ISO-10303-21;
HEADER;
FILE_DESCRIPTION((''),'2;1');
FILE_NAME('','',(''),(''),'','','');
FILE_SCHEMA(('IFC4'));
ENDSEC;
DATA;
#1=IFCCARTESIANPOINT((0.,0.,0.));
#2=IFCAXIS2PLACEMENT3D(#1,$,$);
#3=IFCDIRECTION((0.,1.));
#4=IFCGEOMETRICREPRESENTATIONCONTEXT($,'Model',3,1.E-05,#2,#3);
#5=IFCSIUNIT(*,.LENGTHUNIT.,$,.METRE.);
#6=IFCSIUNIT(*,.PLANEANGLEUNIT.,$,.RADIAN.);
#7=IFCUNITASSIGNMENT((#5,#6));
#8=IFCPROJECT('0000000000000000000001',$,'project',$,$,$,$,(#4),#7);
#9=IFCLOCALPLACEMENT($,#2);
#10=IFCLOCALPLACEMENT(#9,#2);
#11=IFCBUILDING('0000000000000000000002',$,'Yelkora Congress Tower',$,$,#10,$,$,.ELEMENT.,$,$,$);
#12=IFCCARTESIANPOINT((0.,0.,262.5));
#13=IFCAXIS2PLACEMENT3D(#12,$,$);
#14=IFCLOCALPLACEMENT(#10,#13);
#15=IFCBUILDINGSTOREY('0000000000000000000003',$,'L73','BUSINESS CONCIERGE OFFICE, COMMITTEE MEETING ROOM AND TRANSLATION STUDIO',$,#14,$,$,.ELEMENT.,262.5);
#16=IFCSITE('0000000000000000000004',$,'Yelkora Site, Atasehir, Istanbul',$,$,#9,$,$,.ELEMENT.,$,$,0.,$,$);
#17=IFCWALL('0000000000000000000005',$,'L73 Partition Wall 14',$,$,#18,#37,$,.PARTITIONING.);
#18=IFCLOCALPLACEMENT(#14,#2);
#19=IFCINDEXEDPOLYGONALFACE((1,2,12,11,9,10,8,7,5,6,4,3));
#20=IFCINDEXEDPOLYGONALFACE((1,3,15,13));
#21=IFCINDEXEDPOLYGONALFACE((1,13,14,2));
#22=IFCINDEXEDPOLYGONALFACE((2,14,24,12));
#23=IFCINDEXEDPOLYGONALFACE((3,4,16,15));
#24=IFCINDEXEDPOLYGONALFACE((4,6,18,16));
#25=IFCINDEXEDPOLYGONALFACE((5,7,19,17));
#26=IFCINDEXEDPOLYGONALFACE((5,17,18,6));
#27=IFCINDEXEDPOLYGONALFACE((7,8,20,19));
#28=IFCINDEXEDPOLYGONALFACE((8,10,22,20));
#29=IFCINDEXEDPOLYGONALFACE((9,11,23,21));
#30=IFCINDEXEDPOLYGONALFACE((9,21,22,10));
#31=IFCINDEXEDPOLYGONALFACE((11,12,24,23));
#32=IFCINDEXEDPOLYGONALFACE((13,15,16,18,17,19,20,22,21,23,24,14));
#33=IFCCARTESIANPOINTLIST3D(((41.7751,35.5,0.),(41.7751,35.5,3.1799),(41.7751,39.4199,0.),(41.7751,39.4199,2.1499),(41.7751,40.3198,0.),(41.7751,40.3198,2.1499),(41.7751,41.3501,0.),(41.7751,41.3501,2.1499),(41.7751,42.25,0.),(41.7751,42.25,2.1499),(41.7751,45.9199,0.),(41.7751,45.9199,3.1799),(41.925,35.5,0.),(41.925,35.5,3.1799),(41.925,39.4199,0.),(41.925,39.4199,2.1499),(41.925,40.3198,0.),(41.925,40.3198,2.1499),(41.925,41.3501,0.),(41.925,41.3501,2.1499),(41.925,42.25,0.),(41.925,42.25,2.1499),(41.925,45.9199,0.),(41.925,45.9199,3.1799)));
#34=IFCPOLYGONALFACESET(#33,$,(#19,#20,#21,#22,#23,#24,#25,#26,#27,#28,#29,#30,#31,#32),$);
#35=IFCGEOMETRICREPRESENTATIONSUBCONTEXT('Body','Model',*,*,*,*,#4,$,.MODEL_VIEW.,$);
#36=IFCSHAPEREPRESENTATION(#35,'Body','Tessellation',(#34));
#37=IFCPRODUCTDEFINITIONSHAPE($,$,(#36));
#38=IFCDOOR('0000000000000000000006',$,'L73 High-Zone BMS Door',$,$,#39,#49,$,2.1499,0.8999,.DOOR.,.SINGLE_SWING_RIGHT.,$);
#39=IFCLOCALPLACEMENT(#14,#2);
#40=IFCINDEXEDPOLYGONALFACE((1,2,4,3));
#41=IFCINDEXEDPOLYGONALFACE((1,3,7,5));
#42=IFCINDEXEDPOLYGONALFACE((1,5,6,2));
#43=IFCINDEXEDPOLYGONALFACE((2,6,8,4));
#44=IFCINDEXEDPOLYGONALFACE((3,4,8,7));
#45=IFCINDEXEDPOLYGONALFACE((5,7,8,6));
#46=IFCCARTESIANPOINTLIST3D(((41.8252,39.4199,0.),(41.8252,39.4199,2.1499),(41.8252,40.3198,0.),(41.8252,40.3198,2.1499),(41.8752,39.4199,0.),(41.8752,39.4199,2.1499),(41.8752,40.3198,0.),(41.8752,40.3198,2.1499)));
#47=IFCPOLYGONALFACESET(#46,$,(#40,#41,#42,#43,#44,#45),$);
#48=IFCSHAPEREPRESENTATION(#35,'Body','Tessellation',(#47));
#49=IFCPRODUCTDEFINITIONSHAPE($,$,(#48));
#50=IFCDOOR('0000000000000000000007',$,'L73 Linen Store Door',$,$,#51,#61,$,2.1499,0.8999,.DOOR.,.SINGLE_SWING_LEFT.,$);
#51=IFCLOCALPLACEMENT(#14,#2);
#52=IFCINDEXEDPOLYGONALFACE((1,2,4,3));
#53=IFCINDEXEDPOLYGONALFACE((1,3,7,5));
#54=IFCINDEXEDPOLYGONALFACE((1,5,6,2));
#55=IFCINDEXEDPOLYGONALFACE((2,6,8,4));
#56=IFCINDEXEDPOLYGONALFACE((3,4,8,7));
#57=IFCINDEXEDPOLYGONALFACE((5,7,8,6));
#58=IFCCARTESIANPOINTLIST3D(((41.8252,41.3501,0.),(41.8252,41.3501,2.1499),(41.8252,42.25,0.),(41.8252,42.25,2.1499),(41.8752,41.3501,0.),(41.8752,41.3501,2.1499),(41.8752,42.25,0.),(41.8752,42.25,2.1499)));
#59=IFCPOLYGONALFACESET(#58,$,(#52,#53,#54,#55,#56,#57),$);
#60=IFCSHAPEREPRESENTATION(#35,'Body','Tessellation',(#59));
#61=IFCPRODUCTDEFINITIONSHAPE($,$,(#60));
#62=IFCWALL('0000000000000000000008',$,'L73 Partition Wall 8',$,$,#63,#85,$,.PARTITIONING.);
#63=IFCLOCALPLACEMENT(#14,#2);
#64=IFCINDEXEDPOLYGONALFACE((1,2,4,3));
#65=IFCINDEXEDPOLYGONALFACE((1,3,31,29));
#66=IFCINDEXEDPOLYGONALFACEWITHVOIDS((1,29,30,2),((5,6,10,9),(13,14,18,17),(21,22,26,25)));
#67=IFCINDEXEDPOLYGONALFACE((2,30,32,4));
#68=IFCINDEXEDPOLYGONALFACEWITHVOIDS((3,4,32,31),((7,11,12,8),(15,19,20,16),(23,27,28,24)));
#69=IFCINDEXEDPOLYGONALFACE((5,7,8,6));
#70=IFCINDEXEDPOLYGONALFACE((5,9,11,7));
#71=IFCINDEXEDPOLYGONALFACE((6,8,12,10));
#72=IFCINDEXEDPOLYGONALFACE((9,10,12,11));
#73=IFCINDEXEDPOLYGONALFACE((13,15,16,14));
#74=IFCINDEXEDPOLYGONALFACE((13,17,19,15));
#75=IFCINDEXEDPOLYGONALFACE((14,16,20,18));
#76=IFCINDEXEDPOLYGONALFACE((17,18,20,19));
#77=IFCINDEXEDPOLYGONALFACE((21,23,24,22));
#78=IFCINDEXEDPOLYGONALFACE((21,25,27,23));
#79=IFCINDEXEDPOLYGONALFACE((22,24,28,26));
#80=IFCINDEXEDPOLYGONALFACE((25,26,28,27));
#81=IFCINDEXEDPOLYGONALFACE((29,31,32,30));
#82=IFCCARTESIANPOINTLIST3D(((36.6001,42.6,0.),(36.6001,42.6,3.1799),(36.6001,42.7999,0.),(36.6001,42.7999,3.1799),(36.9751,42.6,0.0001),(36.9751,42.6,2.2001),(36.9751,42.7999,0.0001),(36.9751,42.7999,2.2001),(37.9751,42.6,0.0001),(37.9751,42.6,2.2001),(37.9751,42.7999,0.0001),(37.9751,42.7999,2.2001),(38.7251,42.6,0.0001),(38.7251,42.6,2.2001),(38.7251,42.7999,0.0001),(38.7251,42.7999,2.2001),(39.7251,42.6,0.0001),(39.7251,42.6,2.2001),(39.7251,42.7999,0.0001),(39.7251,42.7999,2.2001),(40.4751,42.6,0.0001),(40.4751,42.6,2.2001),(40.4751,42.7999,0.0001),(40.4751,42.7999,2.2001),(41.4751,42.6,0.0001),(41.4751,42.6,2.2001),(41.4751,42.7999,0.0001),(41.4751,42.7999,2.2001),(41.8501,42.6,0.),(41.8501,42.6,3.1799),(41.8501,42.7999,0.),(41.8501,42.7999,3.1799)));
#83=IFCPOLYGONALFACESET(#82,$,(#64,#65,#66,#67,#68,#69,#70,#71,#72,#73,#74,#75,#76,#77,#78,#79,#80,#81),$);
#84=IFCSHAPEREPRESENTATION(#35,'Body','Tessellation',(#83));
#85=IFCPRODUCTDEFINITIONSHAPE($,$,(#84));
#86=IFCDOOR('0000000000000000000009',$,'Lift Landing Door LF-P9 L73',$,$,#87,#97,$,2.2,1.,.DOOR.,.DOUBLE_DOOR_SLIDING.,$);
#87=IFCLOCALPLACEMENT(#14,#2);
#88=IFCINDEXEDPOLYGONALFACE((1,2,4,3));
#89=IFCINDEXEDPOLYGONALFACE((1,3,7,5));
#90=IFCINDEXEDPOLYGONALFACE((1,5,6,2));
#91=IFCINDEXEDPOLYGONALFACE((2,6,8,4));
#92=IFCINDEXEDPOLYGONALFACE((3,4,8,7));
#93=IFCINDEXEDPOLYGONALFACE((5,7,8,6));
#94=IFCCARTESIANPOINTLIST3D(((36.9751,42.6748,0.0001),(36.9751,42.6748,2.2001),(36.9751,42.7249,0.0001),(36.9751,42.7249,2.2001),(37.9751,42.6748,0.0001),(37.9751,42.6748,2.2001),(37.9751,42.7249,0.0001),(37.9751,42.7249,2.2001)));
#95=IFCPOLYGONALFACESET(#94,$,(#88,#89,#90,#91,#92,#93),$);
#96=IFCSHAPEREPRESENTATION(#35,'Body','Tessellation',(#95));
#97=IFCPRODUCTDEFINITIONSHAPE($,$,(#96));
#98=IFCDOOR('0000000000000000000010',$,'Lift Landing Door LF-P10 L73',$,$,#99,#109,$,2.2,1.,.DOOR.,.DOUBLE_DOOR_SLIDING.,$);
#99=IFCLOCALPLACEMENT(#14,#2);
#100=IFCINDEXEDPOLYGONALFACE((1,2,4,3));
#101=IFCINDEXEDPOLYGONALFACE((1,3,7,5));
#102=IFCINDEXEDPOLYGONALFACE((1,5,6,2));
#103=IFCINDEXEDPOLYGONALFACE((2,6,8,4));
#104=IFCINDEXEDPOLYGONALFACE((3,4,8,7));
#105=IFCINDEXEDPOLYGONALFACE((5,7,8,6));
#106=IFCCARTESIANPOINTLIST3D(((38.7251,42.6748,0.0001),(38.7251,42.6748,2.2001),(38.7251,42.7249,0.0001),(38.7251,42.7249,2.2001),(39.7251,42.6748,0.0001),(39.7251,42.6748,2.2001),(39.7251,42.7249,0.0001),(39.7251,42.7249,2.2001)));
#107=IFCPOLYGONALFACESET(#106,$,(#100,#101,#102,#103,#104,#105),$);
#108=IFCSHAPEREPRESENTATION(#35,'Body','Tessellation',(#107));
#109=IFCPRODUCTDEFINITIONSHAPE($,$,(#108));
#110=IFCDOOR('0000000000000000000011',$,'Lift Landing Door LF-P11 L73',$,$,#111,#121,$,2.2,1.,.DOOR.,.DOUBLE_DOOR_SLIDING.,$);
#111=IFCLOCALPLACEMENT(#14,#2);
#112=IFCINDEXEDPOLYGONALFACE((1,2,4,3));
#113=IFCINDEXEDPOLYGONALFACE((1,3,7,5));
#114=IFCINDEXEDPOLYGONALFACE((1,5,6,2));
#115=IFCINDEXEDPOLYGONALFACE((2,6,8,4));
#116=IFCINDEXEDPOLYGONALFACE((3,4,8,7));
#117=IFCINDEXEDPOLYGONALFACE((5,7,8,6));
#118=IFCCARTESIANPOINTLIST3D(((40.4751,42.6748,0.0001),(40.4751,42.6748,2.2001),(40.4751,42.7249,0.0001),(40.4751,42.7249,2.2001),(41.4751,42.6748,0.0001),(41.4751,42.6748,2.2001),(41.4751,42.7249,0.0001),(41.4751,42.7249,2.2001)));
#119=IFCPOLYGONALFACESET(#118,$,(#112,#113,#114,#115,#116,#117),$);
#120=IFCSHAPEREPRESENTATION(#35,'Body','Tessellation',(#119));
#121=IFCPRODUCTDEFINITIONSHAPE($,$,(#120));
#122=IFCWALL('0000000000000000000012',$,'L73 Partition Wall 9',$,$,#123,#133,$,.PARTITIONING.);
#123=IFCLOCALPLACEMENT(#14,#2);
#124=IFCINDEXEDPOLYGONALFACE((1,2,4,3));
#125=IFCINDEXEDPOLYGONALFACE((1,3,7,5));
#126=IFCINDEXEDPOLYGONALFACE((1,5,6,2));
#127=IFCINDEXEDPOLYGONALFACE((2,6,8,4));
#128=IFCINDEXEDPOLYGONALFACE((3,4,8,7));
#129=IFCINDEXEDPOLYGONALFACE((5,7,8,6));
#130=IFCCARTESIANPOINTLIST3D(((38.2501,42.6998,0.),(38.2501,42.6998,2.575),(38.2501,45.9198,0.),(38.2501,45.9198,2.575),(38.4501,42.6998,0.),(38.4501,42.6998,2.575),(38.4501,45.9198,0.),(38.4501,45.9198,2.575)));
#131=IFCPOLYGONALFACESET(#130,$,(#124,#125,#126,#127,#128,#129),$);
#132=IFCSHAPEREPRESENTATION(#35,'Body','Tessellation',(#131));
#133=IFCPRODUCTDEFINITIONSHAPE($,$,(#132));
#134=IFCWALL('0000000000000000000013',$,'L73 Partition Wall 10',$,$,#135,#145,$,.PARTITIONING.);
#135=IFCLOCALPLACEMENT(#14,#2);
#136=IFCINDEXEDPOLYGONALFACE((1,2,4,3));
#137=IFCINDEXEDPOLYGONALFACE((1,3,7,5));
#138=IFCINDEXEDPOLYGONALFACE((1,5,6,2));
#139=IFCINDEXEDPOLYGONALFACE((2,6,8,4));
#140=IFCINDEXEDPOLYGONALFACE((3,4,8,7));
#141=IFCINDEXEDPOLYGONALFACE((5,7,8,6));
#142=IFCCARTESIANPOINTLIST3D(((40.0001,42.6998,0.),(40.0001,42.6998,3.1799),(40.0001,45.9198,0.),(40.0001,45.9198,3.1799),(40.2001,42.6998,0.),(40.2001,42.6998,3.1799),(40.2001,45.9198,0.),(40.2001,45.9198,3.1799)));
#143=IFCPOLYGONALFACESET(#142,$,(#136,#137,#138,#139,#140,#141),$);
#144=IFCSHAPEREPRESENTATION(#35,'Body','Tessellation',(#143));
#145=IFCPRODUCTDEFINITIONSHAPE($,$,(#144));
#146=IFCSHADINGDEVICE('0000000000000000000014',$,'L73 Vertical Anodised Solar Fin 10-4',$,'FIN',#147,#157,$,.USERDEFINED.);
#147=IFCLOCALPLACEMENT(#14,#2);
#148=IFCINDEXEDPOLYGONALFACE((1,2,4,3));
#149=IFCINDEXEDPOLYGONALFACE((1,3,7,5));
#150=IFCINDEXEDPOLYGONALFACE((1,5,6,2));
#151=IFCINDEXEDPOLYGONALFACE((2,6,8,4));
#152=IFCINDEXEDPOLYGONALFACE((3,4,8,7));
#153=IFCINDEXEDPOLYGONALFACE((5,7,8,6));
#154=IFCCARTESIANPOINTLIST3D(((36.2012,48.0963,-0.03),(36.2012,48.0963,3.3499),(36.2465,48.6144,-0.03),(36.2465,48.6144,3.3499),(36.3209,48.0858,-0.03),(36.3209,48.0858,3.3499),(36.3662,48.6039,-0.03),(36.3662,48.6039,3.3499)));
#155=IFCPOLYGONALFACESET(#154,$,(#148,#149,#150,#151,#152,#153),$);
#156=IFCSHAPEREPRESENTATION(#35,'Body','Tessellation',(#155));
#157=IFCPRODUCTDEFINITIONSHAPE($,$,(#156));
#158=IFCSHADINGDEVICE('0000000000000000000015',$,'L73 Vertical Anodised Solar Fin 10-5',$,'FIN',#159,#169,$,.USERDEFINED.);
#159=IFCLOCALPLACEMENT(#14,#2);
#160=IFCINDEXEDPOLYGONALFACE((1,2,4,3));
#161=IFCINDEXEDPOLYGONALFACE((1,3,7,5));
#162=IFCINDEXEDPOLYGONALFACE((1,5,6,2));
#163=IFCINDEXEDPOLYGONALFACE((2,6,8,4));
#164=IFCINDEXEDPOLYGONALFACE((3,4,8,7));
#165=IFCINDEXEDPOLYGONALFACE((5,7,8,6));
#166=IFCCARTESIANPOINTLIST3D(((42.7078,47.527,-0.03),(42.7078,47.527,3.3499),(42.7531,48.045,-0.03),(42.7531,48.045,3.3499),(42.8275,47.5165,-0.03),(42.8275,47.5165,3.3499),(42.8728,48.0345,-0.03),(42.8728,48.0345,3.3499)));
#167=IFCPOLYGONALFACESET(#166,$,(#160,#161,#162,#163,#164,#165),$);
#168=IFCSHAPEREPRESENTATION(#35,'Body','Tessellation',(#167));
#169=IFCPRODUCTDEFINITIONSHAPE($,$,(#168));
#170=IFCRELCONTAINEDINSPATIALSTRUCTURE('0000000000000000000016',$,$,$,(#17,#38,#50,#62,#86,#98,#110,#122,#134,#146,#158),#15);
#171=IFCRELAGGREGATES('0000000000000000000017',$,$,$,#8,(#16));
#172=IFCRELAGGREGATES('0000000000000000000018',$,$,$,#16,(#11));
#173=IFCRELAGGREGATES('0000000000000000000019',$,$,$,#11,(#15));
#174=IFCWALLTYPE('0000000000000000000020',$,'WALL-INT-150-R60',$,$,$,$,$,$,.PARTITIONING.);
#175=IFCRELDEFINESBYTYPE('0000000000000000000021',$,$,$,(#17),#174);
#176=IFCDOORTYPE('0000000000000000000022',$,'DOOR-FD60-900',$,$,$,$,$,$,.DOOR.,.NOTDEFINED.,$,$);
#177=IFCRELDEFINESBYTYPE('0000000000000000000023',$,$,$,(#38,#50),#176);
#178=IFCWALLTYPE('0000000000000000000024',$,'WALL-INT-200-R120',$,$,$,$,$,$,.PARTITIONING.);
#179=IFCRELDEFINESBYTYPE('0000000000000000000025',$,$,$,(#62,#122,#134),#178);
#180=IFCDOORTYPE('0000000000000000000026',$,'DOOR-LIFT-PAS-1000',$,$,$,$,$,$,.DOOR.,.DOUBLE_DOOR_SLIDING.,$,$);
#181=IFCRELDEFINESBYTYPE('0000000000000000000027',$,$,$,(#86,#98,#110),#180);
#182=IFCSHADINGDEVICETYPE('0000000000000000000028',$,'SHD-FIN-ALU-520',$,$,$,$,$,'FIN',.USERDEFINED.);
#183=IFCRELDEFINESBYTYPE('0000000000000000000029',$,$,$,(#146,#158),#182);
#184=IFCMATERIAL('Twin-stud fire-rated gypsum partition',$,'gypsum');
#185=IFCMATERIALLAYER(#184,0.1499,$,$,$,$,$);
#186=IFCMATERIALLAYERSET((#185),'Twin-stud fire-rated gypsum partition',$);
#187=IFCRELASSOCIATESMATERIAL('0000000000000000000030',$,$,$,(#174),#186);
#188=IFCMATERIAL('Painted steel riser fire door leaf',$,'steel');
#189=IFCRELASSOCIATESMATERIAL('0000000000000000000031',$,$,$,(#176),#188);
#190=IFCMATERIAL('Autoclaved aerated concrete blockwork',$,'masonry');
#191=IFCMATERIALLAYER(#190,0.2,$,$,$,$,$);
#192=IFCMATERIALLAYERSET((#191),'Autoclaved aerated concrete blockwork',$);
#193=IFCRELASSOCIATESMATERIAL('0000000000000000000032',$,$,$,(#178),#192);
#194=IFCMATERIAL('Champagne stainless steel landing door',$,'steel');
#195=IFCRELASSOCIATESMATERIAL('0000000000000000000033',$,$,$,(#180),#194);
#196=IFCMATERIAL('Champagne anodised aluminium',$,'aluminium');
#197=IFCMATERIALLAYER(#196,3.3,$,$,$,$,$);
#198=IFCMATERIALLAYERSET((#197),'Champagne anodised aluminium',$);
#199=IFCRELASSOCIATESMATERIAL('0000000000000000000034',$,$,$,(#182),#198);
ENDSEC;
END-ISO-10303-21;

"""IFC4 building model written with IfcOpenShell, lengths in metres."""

from ifc_helpers import new_model, si_unit, direction, frame, frame_2d, origin, origin_2d, place, context, subcontext, project, spatial, rectangle, extrude, material, layer, layer_set, type_object, element, fill, save


model = new_model("IFC4")

# Units and contexts
model_context = context("Model", 3, precision=1e-05, world=origin(), true_north=direction((0.0, 1.0)))
body_context = subcontext(model_context, "Body", "Model", "MODEL_VIEW")
ifc_project = project(units=[si_unit("LENGTHUNIT", "METRE"), si_unit("PLANEANGLEUNIT", "RADIAN")], contexts=[model_context])

# Site, building, storey
site_placement = place(None, origin())
site = spatial("IfcSite", under=ifc_project, at=site_placement, Name="Yelkora Site, Atasehir, Istanbul", CompositionType="ELEMENT", RefElevation=0.0)
building_placement = place(site_placement, origin())
building = spatial("IfcBuilding", under=site, at=building_placement, Name="Yelkora Congress Tower", CompositionType="ELEMENT")
storey_placement = place(building_placement, frame((0.0, 0.0, 262.5)))
storey = spatial("IfcBuildingStorey", under=building, at=storey_placement, Name="L73", Description="BUSINESS CONCIERGE OFFICE, COMMITTEE MEETING ROOM AND TRANSLATION STUDIO", CompositionType="ELEMENT", Elevation=262.5)

# Shared definitions
ifc_material_1 = material(Name="Twin-stud fire-rated gypsum partition", Category="gypsum")
ifc_layer_1 = layer(ifc_material_1, 0.1499)
ifc_layer_set_1 = layer_set([ifc_layer_1], Name="Twin-stud fire-rated gypsum partition")
wall_type_1 = type_object("IfcWallType", Name="WALL-INT-150-R60", PredefinedType="PARTITIONING", material=ifc_layer_set_1)

# Shared definitions
ifc_material_2 = material(Name="Painted steel riser fire door leaf", Category="steel")
door_type_1 = type_object("IfcDoorType", Name="DOOR-FD60-900", OperationType="NOTDEFINED", PredefinedType="DOOR", material=ifc_material_2)

# Walls, openings, doors
wall_1_placement = place(storey_placement, frame((41.8501, 35.5, 0.0), z_axis=(0.0, 0.0, 1.0), x_axis=(0.0, 1.0, 0.0)))
wall_1 = element("IfcWall", 1, at=wall_1_placement, inside=storey, type_object=wall_type_1, Name="L73 Partition Wall 14", PredefinedType="PARTITIONING", context=body_context, shape_type="SweptSolid", body=[
    extrude(rectangle(XDim=10.4199, YDim=0.1499, at=frame_2d((5.21, 0.0))), origin(), (0.0, 0.0, 1.0), 3.1799),
])
opening_1_placement = place(wall_1_placement, frame((3.9199, 0.0, 0.0)))
opening_1 = element("IfcOpeningElement", 2, at=opening_1_placement, cuts=wall_1, PredefinedType="OPENING", context=body_context, shape_type="SweptSolid", body=[
    extrude(rectangle(XDim=0.8999, YDim=2.1499, at=frame_2d((0.45, 1.075))), frame((0.0, 0.085, 0.0), z_axis=(0.0, -1.0, 0.0), x_axis=(1.0, 0.0, 0.0)), (0.0, 0.0, 1.0), 0.1699),
])
opening_2_placement = place(wall_1_placement, frame((5.8501, 0.0, 0.0)))
opening_2 = element("IfcOpeningElement", 3, at=opening_2_placement, cuts=wall_1, PredefinedType="OPENING", context=body_context, shape_type="SweptSolid", body=[
    extrude(rectangle(XDim=0.8999, YDim=2.1499, at=frame_2d((0.45, 1.075))), frame((0.0, 0.085, 0.0), z_axis=(0.0, -1.0, 0.0), x_axis=(1.0, 0.0, 0.0)), (0.0, 0.0, 1.0), 0.1699),
])
door_1_placement = place(opening_1_placement, origin())
door_1 = element("IfcDoor", 4, at=door_1_placement, inside=storey, type_object=door_type_1, Name="L73 High-Zone BMS Door", OperationType="SINGLE_SWING_RIGHT", OverallHeight=2.1499, OverallWidth=0.8999, PredefinedType="DOOR", context=body_context, shape_type="SweptSolid", body=[
    extrude(rectangle(XDim=0.8999, YDim=2.1499, at=frame_2d((0.45, 1.075))), frame((0.0, 0.0249, 0.0), z_axis=(0.0, -1.0, 0.0), x_axis=(1.0, 0.0, 0.0)), (0.0, 0.0, 1.0), 0.05),
])
fill(opening_1, door_1)
door_2_placement = place(opening_2_placement, origin())
door_2 = element("IfcDoor", 5, at=door_2_placement, inside=storey, type_object=door_type_1, Name="L73 Linen Store Door", OperationType="SINGLE_SWING_LEFT", OverallHeight=2.1499, OverallWidth=0.8999, PredefinedType="DOOR", context=body_context, shape_type="SweptSolid", body=[
    extrude(rectangle(XDim=0.8999, YDim=2.1499, at=frame_2d((0.45, 1.075))), frame((0.0, 0.0249, 0.0), z_axis=(0.0, -1.0, 0.0), x_axis=(1.0, 0.0, 0.0)), (0.0, 0.0, 1.0), 0.05),
])
fill(opening_2, door_2)
ifc_material_3 = material(Name="Autoclaved aerated concrete blockwork", Category="masonry")
ifc_layer_2 = layer(ifc_material_3, 0.2)
ifc_layer_set_2 = layer_set([ifc_layer_2], Name="Autoclaved aerated concrete blockwork")
wall_type_2 = type_object("IfcWallType", Name="WALL-INT-200-R120", PredefinedType="PARTITIONING", material=ifc_layer_set_2)
wall_2_placement = place(storey_placement, frame((36.6001, 42.7, 0.0), z_axis=(0.0, 0.0, 1.0), x_axis=(1.0, 0.0, 0.0)))
wall_2 = element("IfcWall", 6, at=wall_2_placement, inside=storey, type_object=wall_type_2, Name="L73 Partition Wall 8", PredefinedType="PARTITIONING", context=body_context, shape_type="SweptSolid", body=[
    extrude(rectangle(XDim=5.25, YDim=0.2, at=frame_2d((2.625, 0.0))), origin(), (0.0, 0.0, 1.0), 3.1799),
])
opening_3_placement = place(wall_2_placement, frame((0.375, 0.0, 0.0)))
opening_3 = element("IfcOpeningElement", 7, at=opening_3_placement, cuts=wall_2, PredefinedType="OPENING", context=body_context, shape_type="SweptSolid", body=[
    extrude(rectangle(XDim=1.0, YDim=2.2, at=frame_2d((0.5, 1.1001))), frame((0.0, 0.1099, 0.0), z_axis=(0.0, -1.0, 0.0), x_axis=(1.0, 0.0, 0.0)), (0.0, 0.0, 1.0), 0.22),
])
opening_4_placement = place(wall_2_placement, frame((2.125, 0.0, 0.0)))
opening_4 = element("IfcOpeningElement", 8, at=opening_4_placement, cuts=wall_2, PredefinedType="OPENING", context=body_context, shape_type="SweptSolid", body=[
    extrude(rectangle(XDim=1.0, YDim=2.2, at=frame_2d((0.5, 1.1001))), frame((0.0, 0.1099, 0.0), z_axis=(0.0, -1.0, 0.0), x_axis=(1.0, 0.0, 0.0)), (0.0, 0.0, 1.0), 0.22),
])
opening_5_placement = place(wall_2_placement, frame((3.875, 0.0, 0.0)))
opening_5 = element("IfcOpeningElement", 9, at=opening_5_placement, cuts=wall_2, PredefinedType="OPENING", context=body_context, shape_type="SweptSolid", body=[
    extrude(rectangle(XDim=1.0, YDim=2.2, at=frame_2d((0.5, 1.1001))), frame((0.0, 0.1099, 0.0), z_axis=(0.0, -1.0, 0.0), x_axis=(1.0, 0.0, 0.0)), (0.0, 0.0, 1.0), 0.22),
])
ifc_material_4 = material(Name="Champagne stainless steel landing door", Category="steel")
door_type_2 = type_object("IfcDoorType", Name="DOOR-LIFT-PAS-1000", OperationType="DOUBLE_DOOR_SLIDING", PredefinedType="DOOR", material=ifc_material_4)
door_3_placement = place(opening_3_placement, origin())
door_3 = element("IfcDoor", 10, at=door_3_placement, inside=storey, type_object=door_type_2, Name="Lift Landing Door LF-P9 L73", OperationType="DOUBLE_DOOR_SLIDING", OverallHeight=2.2, OverallWidth=1.0, PredefinedType="DOOR", context=body_context, shape_type="SweptSolid", body=[
    extrude(rectangle(XDim=1.0, YDim=2.2, at=frame_2d((0.5, 1.1001))), frame((0.0, 0.0249, 0.0), z_axis=(0.0, -1.0, 0.0), x_axis=(1.0, 0.0, 0.0)), (0.0, 0.0, 1.0), 0.05),
])
fill(opening_3, door_3)
door_4_placement = place(opening_4_placement, origin())
door_4 = element("IfcDoor", 11, at=door_4_placement, inside=storey, type_object=door_type_2, Name="Lift Landing Door LF-P10 L73", OperationType="DOUBLE_DOOR_SLIDING", OverallHeight=2.2, OverallWidth=1.0, PredefinedType="DOOR", context=body_context, shape_type="SweptSolid", body=[
    extrude(rectangle(XDim=1.0, YDim=2.2, at=frame_2d((0.5, 1.1001))), frame((0.0, 0.0249, 0.0), z_axis=(0.0, -1.0, 0.0), x_axis=(1.0, 0.0, 0.0)), (0.0, 0.0, 1.0), 0.05),
])
fill(opening_4, door_4)
door_5_placement = place(opening_5_placement, origin())
door_5 = element("IfcDoor", 12, at=door_5_placement, inside=storey, type_object=door_type_2, Name="Lift Landing Door LF-P11 L73", OperationType="DOUBLE_DOOR_SLIDING", OverallHeight=2.2, OverallWidth=1.0, PredefinedType="DOOR", context=body_context, shape_type="SweptSolid", body=[
    extrude(rectangle(XDim=1.0, YDim=2.2, at=frame_2d((0.5, 1.1001))), frame((0.0, 0.0249, 0.0), z_axis=(0.0, -1.0, 0.0), x_axis=(1.0, 0.0, 0.0)), (0.0, 0.0, 1.0), 0.05),
])
fill(opening_5, door_5)

# Walls
wall_3_placement = place(storey_placement, frame((38.3501, 42.7, 0.0), z_axis=(0.0, 0.0, 1.0), x_axis=(0.0, 1.0, 0.0)))
element("IfcWall", 13, at=wall_3_placement, inside=storey, type_object=wall_type_2, Name="L73 Partition Wall 9", PredefinedType="PARTITIONING", context=body_context, shape_type="SweptSolid", body=[
    extrude(rectangle(XDim=3.22, YDim=0.2, at=frame_2d((1.6099, 0.0))), origin(), (0.0, 0.0, 1.0), 2.575),
])
wall_4_placement = place(storey_placement, frame((40.1001, 42.7, 0.0), z_axis=(0.0, 0.0, 1.0), x_axis=(0.0, 1.0, 0.0)))
element("IfcWall", 14, at=wall_4_placement, inside=storey, type_object=wall_type_2, Name="L73 Partition Wall 10", PredefinedType="PARTITIONING", context=body_context, shape_type="SweptSolid", body=[
    extrude(rectangle(XDim=3.22, YDim=0.2, at=frame_2d((1.6099, 0.0))), origin(), (0.0, 0.0, 1.0), 3.1799),
])

# Shading devices
ifc_material_5 = material(Name="Champagne anodised aluminium", Category="aluminium")
ifc_layer_3 = layer(ifc_material_5, 3.3)
ifc_layer_set_3 = layer_set([ifc_layer_3], Name="Champagne anodised aluminium")
shading_device_type = type_object("IfcShadingDeviceType", Name="SHD-FIN-ALU-520", ElementType="FIN", PredefinedType="USERDEFINED", material=ifc_layer_set_3)
for number, where, z_axis, x_axis, name in (
    (15, (36.2837, 48.3501, -0.03), (0.0, 0.0, 1.0), (0.996195, -0.087156, 0.0), "L73 Vertical Anodised Solar Fin 10-4"),
    (16, (42.7903, 47.7808, -0.03), (0.0, 0.0, 1.0), (0.996195, -0.087156, 0.0), "L73 Vertical Anodised Solar Fin 10-5"),
):
    element("IfcShadingDevice", number, at=place(storey_placement, frame(where, z_axis=z_axis, x_axis=x_axis)), inside=storey, type_object=shading_device_type, Name=name, ObjectType="FIN", PredefinedType="USERDEFINED", context=body_context, shape_type="SweptSolid", body=[
        extrude(rectangle(XDim=0.1201, YDim=0.52, at=origin_2d()), origin(), (0.0, 0.0, 1.0), 3.3799),
    ])

save(model, "model.ifc")
